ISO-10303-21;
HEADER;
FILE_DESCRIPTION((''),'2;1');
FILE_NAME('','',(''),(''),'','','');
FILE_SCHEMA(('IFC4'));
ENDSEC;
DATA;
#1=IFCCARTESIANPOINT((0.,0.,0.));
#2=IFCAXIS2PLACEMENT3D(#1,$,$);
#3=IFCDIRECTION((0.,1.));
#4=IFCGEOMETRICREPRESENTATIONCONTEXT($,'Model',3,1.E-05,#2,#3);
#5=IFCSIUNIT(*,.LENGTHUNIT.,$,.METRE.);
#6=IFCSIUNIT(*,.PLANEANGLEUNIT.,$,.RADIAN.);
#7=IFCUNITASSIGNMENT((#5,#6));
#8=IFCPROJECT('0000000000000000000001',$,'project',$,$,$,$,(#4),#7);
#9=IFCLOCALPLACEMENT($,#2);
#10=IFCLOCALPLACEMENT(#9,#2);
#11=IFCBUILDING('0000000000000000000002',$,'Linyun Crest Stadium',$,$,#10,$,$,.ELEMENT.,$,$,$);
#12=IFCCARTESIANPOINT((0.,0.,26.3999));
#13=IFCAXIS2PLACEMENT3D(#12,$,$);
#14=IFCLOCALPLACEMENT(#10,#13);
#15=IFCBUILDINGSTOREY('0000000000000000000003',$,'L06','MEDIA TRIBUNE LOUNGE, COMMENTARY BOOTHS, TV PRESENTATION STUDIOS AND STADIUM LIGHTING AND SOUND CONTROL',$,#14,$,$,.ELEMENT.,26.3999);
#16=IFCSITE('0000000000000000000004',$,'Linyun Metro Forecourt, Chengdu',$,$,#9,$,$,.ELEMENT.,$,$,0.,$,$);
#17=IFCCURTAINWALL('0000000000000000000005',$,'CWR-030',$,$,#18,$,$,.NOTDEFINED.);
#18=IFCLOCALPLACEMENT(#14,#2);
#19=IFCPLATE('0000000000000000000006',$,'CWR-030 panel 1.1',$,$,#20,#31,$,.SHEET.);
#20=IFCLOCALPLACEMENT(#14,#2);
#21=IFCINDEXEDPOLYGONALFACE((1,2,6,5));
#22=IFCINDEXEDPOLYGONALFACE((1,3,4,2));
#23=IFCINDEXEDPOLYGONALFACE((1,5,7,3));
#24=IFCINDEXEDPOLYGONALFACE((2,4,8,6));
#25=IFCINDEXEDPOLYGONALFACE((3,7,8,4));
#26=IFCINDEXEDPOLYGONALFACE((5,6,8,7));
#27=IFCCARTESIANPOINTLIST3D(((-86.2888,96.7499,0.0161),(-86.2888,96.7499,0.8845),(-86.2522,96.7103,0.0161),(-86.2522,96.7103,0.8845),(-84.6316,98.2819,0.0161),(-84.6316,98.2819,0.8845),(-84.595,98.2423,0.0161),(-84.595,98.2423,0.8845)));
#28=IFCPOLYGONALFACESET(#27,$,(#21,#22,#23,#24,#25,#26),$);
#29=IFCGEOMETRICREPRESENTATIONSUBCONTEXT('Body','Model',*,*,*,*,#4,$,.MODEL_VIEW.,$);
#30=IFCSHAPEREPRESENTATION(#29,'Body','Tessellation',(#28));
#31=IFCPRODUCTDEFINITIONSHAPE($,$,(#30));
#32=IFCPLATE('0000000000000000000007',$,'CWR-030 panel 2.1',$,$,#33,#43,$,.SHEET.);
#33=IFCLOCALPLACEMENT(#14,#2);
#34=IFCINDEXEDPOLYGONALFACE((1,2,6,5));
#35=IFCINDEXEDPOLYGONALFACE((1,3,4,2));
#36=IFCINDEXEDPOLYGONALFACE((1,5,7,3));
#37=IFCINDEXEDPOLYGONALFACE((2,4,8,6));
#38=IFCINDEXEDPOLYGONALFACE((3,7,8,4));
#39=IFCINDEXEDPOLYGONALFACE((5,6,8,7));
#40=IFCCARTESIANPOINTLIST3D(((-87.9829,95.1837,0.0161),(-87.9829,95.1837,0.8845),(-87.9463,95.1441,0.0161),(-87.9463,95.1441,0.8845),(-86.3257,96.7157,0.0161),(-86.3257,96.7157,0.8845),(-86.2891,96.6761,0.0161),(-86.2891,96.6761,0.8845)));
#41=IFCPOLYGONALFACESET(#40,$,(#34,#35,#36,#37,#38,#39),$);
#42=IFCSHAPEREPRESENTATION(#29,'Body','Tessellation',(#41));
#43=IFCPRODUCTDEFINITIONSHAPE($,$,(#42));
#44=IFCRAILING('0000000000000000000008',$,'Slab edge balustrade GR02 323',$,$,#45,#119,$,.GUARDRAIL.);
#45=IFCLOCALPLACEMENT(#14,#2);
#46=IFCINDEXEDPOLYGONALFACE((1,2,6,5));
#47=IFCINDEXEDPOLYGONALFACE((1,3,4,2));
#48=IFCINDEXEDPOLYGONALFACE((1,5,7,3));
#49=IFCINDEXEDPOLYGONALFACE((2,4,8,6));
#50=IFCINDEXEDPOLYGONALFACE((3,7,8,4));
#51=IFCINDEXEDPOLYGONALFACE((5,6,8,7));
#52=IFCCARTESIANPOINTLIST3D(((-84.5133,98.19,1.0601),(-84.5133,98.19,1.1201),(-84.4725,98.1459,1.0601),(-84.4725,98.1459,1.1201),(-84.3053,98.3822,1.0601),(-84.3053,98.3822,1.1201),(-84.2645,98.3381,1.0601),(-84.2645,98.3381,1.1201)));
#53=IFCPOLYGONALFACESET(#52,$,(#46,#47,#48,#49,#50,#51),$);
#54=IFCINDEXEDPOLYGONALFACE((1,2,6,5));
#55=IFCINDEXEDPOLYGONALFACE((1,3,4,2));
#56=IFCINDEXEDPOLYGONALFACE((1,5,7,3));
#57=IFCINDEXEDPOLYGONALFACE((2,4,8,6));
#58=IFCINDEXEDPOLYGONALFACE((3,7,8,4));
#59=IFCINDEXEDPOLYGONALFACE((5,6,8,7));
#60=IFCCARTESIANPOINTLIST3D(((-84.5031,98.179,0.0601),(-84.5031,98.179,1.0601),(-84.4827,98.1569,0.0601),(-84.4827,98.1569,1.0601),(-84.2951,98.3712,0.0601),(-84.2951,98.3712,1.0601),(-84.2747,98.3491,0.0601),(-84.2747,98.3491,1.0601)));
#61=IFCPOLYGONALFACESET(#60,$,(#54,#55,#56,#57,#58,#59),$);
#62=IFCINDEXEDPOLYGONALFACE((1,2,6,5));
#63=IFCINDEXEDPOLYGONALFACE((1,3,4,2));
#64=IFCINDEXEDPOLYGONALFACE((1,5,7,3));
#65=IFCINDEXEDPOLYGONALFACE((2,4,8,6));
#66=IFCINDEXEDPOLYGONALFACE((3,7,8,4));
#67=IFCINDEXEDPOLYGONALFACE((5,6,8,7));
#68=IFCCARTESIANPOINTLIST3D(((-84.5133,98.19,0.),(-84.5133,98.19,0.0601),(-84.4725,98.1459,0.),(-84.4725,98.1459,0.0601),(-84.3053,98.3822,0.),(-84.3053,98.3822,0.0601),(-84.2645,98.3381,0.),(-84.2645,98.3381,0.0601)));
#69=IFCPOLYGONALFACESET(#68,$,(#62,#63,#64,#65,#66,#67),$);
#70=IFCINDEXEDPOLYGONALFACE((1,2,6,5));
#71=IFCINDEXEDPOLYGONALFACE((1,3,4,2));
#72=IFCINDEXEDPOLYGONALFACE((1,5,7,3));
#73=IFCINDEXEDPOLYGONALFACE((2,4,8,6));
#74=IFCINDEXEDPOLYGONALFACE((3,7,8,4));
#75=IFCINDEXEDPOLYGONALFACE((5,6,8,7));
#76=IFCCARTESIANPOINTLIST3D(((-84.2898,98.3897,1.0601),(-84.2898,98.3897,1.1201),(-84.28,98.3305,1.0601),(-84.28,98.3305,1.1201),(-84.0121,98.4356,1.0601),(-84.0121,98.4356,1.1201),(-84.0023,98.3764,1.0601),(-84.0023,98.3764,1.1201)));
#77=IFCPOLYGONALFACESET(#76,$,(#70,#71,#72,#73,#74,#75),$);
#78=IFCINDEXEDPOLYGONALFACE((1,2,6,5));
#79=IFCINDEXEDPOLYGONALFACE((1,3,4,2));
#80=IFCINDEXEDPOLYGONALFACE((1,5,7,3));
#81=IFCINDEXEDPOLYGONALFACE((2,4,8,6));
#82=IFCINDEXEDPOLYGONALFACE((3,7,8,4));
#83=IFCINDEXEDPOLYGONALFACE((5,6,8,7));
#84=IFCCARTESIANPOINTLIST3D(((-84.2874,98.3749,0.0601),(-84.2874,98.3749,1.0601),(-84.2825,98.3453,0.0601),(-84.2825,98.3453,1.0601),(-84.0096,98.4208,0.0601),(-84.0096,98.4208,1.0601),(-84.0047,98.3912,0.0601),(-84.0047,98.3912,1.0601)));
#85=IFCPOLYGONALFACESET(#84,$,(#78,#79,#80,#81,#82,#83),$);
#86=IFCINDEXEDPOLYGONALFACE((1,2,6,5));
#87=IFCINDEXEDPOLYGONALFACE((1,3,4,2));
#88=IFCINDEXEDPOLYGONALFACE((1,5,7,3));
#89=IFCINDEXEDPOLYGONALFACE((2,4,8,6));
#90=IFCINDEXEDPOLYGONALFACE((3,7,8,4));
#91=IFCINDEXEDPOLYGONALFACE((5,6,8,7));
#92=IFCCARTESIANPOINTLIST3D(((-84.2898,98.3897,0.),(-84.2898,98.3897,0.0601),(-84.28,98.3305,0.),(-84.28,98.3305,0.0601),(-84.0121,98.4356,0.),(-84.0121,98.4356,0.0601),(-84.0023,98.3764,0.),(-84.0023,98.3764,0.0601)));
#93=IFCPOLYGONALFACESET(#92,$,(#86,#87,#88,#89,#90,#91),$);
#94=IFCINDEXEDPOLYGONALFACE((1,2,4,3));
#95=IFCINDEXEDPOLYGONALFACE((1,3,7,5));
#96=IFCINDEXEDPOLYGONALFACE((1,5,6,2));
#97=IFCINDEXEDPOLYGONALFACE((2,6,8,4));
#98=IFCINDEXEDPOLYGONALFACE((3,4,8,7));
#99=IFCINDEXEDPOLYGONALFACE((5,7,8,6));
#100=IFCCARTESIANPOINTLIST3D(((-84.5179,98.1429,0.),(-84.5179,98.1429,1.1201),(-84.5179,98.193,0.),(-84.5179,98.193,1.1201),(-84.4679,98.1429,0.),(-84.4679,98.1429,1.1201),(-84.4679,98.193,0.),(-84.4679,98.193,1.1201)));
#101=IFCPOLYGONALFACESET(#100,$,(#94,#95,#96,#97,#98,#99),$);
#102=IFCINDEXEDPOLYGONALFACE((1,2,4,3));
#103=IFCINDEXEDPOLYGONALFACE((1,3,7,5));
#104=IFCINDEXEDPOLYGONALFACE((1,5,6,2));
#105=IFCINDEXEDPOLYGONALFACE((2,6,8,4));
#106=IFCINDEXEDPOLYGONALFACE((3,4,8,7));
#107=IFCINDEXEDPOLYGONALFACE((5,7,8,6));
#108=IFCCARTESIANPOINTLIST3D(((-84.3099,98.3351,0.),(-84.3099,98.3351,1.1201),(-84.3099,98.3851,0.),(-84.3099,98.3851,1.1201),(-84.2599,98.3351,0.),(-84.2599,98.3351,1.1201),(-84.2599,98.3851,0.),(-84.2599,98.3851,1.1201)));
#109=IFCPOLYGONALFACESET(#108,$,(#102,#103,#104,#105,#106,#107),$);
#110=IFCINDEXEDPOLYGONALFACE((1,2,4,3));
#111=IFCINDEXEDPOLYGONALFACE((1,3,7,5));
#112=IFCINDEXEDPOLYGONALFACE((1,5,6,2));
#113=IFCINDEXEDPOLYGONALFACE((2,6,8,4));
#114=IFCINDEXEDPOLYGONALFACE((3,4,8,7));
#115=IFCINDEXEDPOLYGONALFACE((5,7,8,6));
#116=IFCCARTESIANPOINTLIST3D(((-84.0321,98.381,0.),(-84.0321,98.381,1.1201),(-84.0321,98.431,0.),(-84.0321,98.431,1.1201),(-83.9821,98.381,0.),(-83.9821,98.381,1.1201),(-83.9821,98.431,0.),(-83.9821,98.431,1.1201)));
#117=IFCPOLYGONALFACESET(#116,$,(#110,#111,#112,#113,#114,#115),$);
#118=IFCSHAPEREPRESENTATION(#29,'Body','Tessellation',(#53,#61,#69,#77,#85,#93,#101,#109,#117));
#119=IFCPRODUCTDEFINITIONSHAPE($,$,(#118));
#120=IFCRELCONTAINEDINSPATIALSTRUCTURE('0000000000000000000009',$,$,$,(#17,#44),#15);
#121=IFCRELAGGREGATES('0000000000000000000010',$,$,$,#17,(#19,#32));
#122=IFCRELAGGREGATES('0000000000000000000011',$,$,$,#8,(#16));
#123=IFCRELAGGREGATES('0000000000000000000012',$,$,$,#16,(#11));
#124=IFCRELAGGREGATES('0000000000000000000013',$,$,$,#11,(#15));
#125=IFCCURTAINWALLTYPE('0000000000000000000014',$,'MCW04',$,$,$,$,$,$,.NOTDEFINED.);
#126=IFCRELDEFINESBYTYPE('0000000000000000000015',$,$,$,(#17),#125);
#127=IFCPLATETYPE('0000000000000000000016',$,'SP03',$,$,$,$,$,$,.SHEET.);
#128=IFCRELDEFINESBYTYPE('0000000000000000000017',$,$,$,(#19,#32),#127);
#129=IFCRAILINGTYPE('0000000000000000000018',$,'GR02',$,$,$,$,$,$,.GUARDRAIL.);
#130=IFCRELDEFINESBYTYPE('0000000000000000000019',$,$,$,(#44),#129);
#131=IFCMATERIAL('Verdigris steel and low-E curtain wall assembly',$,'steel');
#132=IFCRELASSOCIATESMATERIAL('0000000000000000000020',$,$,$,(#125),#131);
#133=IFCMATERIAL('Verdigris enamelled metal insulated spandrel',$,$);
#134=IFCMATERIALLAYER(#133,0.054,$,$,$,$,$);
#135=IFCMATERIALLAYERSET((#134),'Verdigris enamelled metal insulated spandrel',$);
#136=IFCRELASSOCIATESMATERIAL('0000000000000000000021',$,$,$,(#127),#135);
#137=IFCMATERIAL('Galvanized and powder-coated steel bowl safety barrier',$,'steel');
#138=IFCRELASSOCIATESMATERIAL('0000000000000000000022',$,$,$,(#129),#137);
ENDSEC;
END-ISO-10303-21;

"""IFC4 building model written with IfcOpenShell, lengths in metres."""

from ifc_helpers import new_model, si_unit, direction, frame, origin, origin_2d, place, context, subcontext, project, spatial, rectangle, extrude, material, layer, layer_set, type_object, element, aggregate, save


model = new_model("IFC4")

# Units and contexts
model_context = context("Model", 3, precision=1e-05, world=origin(), true_north=direction((0.0, 1.0)))
body_context = subcontext(model_context, "Body", "Model", "MODEL_VIEW")
ifc_project = project(units=[si_unit("LENGTHUNIT", "METRE"), si_unit("PLANEANGLEUNIT", "RADIAN")], contexts=[model_context])

# Site, building, storey
site_placement = place(None, origin())
site = spatial("IfcSite", under=ifc_project, at=site_placement, Name="Linyun Metro Forecourt, Chengdu", CompositionType="ELEMENT", RefElevation=0.0)
building_placement = place(site_placement, origin())
building = spatial("IfcBuilding", under=site, at=building_placement, Name="Linyun Crest Stadium", CompositionType="ELEMENT")
storey_placement = place(building_placement, frame((0.0, 0.0, 26.3999)))
storey = spatial("IfcBuildingStorey", under=building, at=storey_placement, Name="L06", Description="MEDIA TRIBUNE LOUNGE, COMMENTARY BOOTHS, TV PRESENTATION STUDIOS AND STADIUM LIGHTING AND SOUND CONTROL", CompositionType="ELEMENT", Elevation=26.3999)

# Shared definitions
ifc_material_1 = material(Name="Verdigris steel and low-E curtain wall assembly", Category="steel")
curtain_wall_type = type_object("IfcCurtainWallType", Name="MCW04", PredefinedType="NOTDEFINED", material=ifc_material_1)

# Curtain wall
curtain_wall_1_placement = place(storey_placement, origin())
curtain_wall_1 = element("IfcCurtainWall", 1, at=curtain_wall_1_placement, inside=storey, type_object=curtain_wall_type, Name="CWR-030", PredefinedType="NOTDEFINED")

# Plates
ifc_material_2 = material(Name="Verdigris enamelled metal insulated spandrel")
ifc_layer_1 = layer(ifc_material_2, 0.054)
ifc_layer_set_1 = layer_set([ifc_layer_1], Name="Verdigris enamelled metal insulated spandrel")
plate_type_1 = type_object("IfcPlateType", Name="SP03", PredefinedType="SHEET", material=ifc_layer_set_1)
plate_1_placement = place(storey_placement, frame((-85.4419, 97.4961, 0.0161), z_axis=(0.0, 0.0, 1.0), x_axis=(-0.734299, -0.678826, 0.0)))
plate_1 = element("IfcPlate", 2, at=plate_1_placement, type_object=plate_type_1, Name="CWR-030 panel 1.1", PredefinedType="SHEET", context=body_context, shape_type="SweptSolid", body=[
    extrude(rectangle(XDim=2.2568, YDim=0.054, at=origin_2d()), origin(), (0.0, 0.0, 1.0), 0.8684),
])
plate_2_placement = place(storey_placement, frame((-87.136, 95.9299, 0.0161), z_axis=(0.0, 0.0, 1.0), x_axis=(-0.734299, -0.678826, 0.0)))
plate_2 = element("IfcPlate", 3, at=plate_2_placement, type_object=plate_type_1, Name="CWR-030 panel 2.1", PredefinedType="SHEET", context=body_context, shape_type="SweptSolid", body=[
    extrude(rectangle(XDim=2.2568, YDim=0.054, at=origin_2d()), origin(), (0.0, 0.0, 1.0), 0.8684),
])
aggregate(curtain_wall_1, [plate_1, plate_2])

# Railing
ifc_material_3 = material(Name="Galvanized and powder-coated steel bowl safety barrier", Category="steel")
railing_type = type_object("IfcRailingType", Name="GR02", PredefinedType="GUARDRAIL", material=ifc_material_3)
railing_placement = place(storey_placement, frame((-84.4929, 98.168, 0.0)))
element("IfcRailing", 4, at=railing_placement, inside=storey, type_object=railing_type, Name="Slab edge balustrade GR02 323", PredefinedType="GUARDRAIL", context=body_context, shape_type="SweptSolid", body=[
    extrude(rectangle(XDim=0.0601, YDim=0.0601, at=origin_2d()), frame((0.0, 0.0, 1.0901), z_axis=(0.734572, 0.678531, 0.0), x_axis=(-0.678531, 0.734572, 0.0)), (0.0, 0.0, 1.0), 0.2832),
    extrude(rectangle(XDim=0.03, YDim=1.0, at=origin_2d()), frame((0.0, 0.0, 0.5601), z_axis=(0.734572, 0.678531, 0.0), x_axis=(-0.678531, 0.734572, 0.0)), (0.0, 0.0, 1.0), 0.2832),
    extrude(rectangle(XDim=0.0601, YDim=0.0601, at=origin_2d()), frame((0.0, 0.0, 0.03), z_axis=(0.734572, 0.678531, 0.0), x_axis=(-0.678531, 0.734572, 0.0)), (0.0, 0.0, 1.0), 0.2832),
    extrude(rectangle(XDim=0.0601, YDim=0.0601, at=origin_2d()), frame((0.208, 0.1921, 1.0901), z_axis=(0.986627, 0.162993, 0.0), x_axis=(-0.162993, 0.986627, 0.0)), (0.0, 0.0, 1.0), 0.2815),
    extrude(rectangle(XDim=0.03, YDim=1.0, at=origin_2d()), frame((0.208, 0.1921, 0.5601), z_axis=(0.986627, 0.162993, 0.0), x_axis=(-0.162993, 0.986627, 0.0)), (0.0, 0.0, 1.0), 0.2815),
    extrude(rectangle(XDim=0.0601, YDim=0.0601, at=origin_2d()), frame((0.208, 0.1921, 0.03), z_axis=(0.986627, 0.162993, 0.0), x_axis=(-0.162993, 0.986627, 0.0)), (0.0, 0.0, 1.0), 0.2815),
    extrude(rectangle(XDim=0.05, YDim=0.05, at=origin_2d()), origin(), (0.0, 0.0, 1.0), 1.1201),
    extrude(rectangle(XDim=0.05, YDim=0.05, at=origin_2d()), frame((0.208, 0.1921, 0.0)), (0.0, 0.0, 1.0), 1.1201),
    extrude(rectangle(XDim=0.05, YDim=0.05, at=origin_2d()), frame((0.4858, 0.238, 0.0)), (0.0, 0.0, 1.0), 1.1201),
])

save(model, "model.ifc")
